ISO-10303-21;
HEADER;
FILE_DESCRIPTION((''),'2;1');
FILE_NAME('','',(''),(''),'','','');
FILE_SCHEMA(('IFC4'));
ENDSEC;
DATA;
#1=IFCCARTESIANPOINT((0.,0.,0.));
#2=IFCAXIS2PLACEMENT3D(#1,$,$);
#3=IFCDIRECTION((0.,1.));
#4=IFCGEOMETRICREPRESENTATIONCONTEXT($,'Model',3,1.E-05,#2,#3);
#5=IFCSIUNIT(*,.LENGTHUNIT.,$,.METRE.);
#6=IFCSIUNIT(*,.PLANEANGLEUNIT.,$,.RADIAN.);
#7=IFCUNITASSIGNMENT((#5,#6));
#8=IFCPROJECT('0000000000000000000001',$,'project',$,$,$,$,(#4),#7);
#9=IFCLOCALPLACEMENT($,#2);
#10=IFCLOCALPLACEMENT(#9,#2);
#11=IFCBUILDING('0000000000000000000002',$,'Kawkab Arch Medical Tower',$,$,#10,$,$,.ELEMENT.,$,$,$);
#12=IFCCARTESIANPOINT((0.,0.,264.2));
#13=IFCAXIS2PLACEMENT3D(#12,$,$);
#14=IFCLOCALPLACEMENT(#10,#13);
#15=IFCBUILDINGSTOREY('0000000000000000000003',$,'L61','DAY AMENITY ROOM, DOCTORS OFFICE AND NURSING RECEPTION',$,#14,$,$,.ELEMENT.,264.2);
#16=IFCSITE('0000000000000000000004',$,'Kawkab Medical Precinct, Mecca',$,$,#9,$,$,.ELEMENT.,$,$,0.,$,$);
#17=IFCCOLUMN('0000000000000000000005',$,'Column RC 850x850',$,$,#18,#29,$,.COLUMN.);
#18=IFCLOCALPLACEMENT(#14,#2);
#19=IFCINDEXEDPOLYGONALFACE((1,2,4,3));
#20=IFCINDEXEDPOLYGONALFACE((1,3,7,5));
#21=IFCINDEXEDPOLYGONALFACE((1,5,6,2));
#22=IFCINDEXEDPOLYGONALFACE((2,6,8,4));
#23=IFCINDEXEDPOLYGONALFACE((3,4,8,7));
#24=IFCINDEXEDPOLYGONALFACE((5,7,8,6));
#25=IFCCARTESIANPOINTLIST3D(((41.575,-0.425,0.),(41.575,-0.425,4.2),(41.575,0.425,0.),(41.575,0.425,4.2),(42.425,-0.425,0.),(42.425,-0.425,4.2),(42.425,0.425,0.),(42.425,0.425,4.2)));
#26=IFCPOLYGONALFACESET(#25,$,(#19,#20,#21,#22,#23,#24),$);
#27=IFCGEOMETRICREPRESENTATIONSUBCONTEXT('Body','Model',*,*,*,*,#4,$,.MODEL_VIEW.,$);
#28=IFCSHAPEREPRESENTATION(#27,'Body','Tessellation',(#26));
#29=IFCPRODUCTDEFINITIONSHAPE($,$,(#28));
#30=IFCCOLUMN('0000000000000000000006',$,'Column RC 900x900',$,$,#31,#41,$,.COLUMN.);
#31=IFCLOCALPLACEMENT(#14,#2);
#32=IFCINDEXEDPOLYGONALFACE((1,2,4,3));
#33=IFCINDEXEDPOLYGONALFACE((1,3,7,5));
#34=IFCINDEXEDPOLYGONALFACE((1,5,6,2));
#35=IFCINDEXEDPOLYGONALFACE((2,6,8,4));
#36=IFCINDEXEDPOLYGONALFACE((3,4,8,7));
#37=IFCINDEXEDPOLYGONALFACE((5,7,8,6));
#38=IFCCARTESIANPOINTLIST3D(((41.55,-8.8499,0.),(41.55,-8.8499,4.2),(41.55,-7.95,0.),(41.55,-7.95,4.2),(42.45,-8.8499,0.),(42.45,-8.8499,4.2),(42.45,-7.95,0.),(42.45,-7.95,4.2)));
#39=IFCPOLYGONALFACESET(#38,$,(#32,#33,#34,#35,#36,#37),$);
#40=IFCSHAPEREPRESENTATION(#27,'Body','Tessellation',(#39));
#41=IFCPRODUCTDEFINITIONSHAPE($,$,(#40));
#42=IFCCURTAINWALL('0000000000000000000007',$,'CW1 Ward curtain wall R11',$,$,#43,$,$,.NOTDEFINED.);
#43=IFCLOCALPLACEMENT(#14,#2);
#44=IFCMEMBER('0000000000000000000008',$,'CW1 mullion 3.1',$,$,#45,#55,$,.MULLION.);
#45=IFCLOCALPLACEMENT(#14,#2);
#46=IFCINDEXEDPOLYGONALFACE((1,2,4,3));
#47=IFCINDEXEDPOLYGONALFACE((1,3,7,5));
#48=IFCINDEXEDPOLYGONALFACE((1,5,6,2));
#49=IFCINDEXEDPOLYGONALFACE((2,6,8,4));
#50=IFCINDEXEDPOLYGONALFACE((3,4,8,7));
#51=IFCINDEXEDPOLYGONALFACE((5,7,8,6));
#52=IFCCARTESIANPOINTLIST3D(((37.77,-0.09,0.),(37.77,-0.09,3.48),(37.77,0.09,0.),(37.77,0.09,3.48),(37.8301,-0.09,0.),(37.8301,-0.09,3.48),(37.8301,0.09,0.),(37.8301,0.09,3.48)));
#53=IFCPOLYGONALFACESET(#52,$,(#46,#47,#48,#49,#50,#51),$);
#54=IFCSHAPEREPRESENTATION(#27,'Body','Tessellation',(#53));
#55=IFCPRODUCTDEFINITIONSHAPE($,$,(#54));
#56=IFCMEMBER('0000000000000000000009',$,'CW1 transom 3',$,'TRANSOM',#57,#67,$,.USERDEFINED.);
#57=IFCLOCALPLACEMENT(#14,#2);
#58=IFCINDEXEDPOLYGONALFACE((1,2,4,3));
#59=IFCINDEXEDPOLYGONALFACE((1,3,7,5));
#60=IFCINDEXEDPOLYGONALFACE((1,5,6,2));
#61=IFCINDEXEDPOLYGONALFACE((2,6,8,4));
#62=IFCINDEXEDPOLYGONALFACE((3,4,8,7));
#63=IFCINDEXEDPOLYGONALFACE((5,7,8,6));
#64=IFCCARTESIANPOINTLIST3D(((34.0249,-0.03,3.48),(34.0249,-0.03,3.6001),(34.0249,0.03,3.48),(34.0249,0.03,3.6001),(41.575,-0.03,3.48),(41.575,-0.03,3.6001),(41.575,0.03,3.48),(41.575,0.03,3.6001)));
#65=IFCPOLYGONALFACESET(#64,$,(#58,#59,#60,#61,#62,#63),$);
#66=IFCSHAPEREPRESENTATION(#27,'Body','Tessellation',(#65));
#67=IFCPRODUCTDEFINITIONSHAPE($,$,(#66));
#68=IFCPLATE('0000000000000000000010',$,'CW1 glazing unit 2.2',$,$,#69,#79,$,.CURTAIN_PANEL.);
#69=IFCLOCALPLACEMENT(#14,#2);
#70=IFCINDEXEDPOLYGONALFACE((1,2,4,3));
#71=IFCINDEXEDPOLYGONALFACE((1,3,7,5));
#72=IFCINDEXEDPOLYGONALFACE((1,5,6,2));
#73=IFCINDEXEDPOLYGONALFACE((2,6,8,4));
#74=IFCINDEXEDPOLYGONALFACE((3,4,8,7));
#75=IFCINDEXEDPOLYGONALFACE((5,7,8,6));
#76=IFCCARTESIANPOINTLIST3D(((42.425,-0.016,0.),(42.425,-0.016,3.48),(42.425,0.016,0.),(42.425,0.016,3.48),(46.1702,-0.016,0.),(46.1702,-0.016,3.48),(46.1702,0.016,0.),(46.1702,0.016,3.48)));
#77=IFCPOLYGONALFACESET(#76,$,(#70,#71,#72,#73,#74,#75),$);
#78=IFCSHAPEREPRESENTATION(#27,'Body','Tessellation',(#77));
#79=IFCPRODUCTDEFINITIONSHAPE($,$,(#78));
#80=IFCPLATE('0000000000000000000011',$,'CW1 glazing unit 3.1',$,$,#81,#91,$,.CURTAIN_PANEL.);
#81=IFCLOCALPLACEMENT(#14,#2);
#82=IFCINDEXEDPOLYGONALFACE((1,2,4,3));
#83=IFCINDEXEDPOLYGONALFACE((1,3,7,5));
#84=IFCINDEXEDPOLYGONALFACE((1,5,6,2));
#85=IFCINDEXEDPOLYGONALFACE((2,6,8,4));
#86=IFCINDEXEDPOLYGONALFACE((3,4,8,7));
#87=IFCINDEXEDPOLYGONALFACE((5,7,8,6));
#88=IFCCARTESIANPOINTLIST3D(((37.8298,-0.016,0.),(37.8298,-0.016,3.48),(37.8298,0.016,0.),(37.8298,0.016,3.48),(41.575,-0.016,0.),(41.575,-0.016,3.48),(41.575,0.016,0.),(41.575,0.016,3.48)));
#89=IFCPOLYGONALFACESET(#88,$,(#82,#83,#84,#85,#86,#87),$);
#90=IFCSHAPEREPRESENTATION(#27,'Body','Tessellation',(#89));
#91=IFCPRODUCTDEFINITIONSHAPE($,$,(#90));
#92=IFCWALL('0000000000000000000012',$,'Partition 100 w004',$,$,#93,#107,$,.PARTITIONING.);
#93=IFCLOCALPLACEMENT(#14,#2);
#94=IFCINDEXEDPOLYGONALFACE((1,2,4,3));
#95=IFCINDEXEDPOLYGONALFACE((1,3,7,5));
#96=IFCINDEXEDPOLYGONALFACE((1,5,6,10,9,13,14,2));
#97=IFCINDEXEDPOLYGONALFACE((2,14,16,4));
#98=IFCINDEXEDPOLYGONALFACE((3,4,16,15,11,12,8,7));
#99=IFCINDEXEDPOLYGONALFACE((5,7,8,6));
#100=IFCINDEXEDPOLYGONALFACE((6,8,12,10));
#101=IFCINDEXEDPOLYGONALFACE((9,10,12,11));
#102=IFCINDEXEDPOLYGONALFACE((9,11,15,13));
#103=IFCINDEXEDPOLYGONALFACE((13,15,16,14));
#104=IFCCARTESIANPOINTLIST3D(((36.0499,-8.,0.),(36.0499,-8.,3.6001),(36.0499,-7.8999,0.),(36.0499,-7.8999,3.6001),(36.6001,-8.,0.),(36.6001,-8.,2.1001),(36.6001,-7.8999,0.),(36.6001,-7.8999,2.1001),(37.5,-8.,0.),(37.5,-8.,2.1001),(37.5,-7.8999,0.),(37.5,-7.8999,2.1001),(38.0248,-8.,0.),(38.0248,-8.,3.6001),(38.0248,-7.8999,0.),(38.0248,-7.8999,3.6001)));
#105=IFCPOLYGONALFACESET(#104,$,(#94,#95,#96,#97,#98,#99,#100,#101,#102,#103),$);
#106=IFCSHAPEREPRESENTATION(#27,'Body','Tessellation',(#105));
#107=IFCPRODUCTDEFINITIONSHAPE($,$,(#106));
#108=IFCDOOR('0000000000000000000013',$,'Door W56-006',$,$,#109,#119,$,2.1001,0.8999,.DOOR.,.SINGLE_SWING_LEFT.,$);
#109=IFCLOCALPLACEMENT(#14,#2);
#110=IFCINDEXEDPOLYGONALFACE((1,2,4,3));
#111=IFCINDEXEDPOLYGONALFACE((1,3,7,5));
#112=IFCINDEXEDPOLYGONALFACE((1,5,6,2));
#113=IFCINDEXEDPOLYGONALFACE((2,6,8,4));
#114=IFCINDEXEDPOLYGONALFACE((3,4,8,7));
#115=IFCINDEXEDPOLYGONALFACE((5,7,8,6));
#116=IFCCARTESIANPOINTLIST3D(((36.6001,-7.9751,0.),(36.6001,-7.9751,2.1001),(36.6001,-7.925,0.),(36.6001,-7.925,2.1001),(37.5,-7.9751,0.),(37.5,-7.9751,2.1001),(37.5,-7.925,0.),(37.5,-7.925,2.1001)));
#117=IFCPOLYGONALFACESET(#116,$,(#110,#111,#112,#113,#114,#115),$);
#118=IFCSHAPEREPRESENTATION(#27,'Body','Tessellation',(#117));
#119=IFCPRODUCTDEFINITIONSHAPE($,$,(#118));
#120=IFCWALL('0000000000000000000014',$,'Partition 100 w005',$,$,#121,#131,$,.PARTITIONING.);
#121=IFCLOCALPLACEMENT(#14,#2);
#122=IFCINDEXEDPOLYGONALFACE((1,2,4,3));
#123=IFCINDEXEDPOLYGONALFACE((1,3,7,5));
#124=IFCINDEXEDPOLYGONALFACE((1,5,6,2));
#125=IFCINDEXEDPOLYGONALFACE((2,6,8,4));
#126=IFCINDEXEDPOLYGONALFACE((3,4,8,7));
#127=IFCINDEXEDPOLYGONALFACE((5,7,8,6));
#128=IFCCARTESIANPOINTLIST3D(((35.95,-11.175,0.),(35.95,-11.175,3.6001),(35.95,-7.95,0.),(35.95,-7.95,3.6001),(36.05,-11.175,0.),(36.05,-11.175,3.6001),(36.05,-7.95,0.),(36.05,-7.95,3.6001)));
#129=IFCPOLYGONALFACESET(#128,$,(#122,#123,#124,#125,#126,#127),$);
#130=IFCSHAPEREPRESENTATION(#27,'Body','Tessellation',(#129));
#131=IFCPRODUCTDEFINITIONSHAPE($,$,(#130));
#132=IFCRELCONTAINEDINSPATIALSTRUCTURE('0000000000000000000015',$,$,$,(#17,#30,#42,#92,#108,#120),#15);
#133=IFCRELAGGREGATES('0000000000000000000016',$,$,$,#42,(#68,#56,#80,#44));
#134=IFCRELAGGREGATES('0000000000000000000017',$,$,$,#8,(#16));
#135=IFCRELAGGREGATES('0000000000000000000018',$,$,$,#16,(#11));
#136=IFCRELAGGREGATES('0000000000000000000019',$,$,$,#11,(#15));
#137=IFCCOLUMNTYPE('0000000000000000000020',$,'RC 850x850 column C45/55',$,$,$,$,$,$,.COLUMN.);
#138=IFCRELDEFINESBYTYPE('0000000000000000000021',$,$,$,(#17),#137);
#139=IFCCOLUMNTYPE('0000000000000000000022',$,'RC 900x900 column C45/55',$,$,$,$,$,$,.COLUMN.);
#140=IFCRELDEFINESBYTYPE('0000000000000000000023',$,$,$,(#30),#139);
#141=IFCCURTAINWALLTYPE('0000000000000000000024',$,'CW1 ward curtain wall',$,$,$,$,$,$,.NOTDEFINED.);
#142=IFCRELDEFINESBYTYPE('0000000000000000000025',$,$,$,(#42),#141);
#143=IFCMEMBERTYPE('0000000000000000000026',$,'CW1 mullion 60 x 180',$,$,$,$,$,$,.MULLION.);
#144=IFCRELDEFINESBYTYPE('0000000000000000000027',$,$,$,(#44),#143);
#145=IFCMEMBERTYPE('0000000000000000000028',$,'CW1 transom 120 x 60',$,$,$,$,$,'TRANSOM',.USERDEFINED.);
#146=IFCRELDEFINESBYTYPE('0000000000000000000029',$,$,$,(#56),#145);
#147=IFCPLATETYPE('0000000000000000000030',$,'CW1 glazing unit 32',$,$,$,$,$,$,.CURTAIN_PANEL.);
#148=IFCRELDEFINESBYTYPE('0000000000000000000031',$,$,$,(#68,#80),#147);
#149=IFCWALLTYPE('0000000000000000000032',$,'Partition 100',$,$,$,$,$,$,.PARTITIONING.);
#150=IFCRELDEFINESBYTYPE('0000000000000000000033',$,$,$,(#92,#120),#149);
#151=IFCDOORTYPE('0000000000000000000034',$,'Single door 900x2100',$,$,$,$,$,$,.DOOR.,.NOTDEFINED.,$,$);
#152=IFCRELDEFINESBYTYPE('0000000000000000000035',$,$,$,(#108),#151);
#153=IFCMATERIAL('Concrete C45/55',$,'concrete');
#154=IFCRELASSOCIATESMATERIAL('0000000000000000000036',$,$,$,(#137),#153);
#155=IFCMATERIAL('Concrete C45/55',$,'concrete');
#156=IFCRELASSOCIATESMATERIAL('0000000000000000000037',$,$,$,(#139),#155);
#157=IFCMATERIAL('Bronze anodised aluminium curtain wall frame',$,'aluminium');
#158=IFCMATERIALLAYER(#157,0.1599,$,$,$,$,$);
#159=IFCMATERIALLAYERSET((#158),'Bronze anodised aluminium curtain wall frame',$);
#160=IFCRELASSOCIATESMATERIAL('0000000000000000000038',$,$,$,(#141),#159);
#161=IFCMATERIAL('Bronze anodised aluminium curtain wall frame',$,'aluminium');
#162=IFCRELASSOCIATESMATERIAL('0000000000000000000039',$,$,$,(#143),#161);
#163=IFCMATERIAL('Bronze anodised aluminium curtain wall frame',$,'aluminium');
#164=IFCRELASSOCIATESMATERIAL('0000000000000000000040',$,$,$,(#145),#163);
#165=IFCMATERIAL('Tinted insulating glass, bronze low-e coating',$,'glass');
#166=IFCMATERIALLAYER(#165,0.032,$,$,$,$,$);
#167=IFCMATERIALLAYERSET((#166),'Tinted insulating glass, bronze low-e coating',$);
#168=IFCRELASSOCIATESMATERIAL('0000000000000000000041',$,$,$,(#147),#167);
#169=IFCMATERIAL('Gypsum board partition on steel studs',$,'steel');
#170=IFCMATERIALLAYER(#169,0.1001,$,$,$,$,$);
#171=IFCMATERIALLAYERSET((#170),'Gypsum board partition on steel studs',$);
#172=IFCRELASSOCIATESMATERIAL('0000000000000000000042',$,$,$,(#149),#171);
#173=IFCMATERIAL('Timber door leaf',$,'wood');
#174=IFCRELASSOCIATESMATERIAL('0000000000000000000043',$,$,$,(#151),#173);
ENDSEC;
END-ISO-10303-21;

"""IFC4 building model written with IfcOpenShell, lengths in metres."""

from ifc_helpers import new_model, si_unit, direction, frame, frame_2d, origin, origin_2d, place, context, subcontext, project, spatial, rectangle, extrude, material, layer, layer_set, material_profile, profile_set, type_object, element, fill, aggregate, save


model = new_model("IFC4")

# Units and contexts
model_context = context("Model", 3, precision=1e-05, world=origin(), true_north=direction((0.0, 1.0)))
body_context = subcontext(model_context, "Body", "Model", "MODEL_VIEW")
ifc_project = project(units=[si_unit("LENGTHUNIT", "METRE"), si_unit("PLANEANGLEUNIT", "RADIAN")], contexts=[model_context])

# Site, building, storey
site_placement = place(None, origin())
site = spatial("IfcSite", under=ifc_project, at=site_placement, Name="Kawkab Medical Precinct, Mecca", CompositionType="ELEMENT", RefElevation=0.0)
building_placement = place(site_placement, origin())
building = spatial("IfcBuilding", under=site, at=building_placement, Name="Kawkab Arch Medical Tower", CompositionType="ELEMENT")
storey_placement = place(building_placement, frame((0.0, 0.0, 264.2)))
storey = spatial("IfcBuildingStorey", under=building, at=storey_placement, Name="L61", Description="DAY AMENITY ROOM, DOCTORS OFFICE AND NURSING RECEPTION", CompositionType="ELEMENT", Elevation=264.2)

# Columns
ifc_material_1 = material(Name="Concrete C45/55", Category="concrete")
ifc_material_profile_1 = material_profile(ifc_material_1, rectangle(XDim=0.8501, YDim=0.8501, at=origin_2d()), Name="RC 850x850")
ifc_profile_set_1 = profile_set([ifc_material_profile_1], Name="Concrete C45/55")
column_type_1 = type_object("IfcColumnType", Name="RC 850x850 column C45/55", PredefinedType="COLUMN", material=ifc_profile_set_1)
column_1_placement = place(storey_placement, frame((42.0, 0.0, 0.0), z_axis=(0.0, 0.0, 1.0), x_axis=(1.0, 0.0, 0.0)))
element("IfcColumn", 1, at=column_1_placement, inside=storey, type_object=column_type_1, Name="Column RC 850x850", PredefinedType="COLUMN", context=body_context, shape_type="SweptSolid", body=[
    extrude(rectangle(XDim=0.8501, YDim=0.8501, at=origin_2d()), origin(), (0.0, 0.0, 1.0), 4.2),
])
ifc_material_2 = material(Name="Concrete C45/55", Category="concrete")
ifc_material_profile_2 = material_profile(ifc_material_2, rectangle(XDim=0.8999, YDim=0.8999, at=origin_2d()), Name="RC 900x900")
ifc_profile_set_2 = profile_set([ifc_material_profile_2], Name="Concrete C45/55")
column_type_2 = type_object("IfcColumnType", Name="RC 900x900 column C45/55", PredefinedType="COLUMN", material=ifc_profile_set_2)
column_2_placement = place(storey_placement, frame((42.0, -8.3999, 0.0), z_axis=(0.0, 0.0, 1.0), x_axis=(1.0, 0.0, 0.0)))
element("IfcColumn", 2, at=column_2_placement, inside=storey, type_object=column_type_2, Name="Column RC 900x900", PredefinedType="COLUMN", context=body_context, shape_type="SweptSolid", body=[
    extrude(rectangle(XDim=0.8999, YDim=0.8999, at=origin_2d()), origin(), (0.0, 0.0, 1.0), 4.2),
])

# Curtain wall, members, plates
ifc_material_3 = material(Name="Bronze anodised aluminium curtain wall frame", Category="aluminium")
ifc_layer_1 = layer(ifc_material_3, 0.1599)
ifc_layer_set_1 = layer_set([ifc_layer_1], Name="Bronze anodised aluminium curtain wall frame")
curtain_wall_type = type_object("IfcCurtainWallType", Name="CW1 ward curtain wall", PredefinedType="NOTDEFINED", material=ifc_layer_set_1)
placement = place(storey_placement, origin())
curtain_wall = element("IfcCurtainWall", 3, at=placement, inside=storey, type_object=curtain_wall_type, Name="CW1 Ward curtain wall R11", PredefinedType="NOTDEFINED")
ifc_material_4 = material(Name="Bronze anodised aluminium curtain wall frame", Category="aluminium")
ifc_material_profile_3 = material_profile(ifc_material_4, rectangle(XDim=0.1799, YDim=0.0601, at=origin_2d()), Name="AL 60x180")
ifc_profile_set_3 = profile_set([ifc_material_profile_3], Name="Bronze anodised aluminium curtain wall frame")
member_type_1 = type_object("IfcMemberType", Name="CW1 mullion 60 x 180", PredefinedType="MULLION", material=ifc_profile_set_3)
member_1_placement = place(storey_placement, frame((37.8, 0.0, 0.0), z_axis=(0.0, 0.0, 1.0), x_axis=(0.0, -1.0, 0.0)))
member_1 = element("IfcMember", 4, at=member_1_placement, type_object=member_type_1, Name="CW1 mullion 3.1", PredefinedType="MULLION", context=body_context, shape_type="SweptSolid", body=[
    extrude(rectangle(XDim=0.1799, YDim=0.0601, at=origin_2d()), origin(), (0.0, 0.0, 1.0), 3.48),
])
ifc_material_5 = material(Name="Bronze anodised aluminium curtain wall frame", Category="aluminium")
ifc_material_profile_4 = material_profile(ifc_material_5, rectangle(XDim=0.0601, YDim=0.1201, at=origin_2d()), Name="AL 60x120")
ifc_profile_set_4 = profile_set([ifc_material_profile_4], Name="Bronze anodised aluminium curtain wall frame")
member_type_2 = type_object("IfcMemberType", Name="CW1 transom 120 x 60", ElementType="TRANSOM", PredefinedType="USERDEFINED", material=ifc_profile_set_4)
member_2_placement = place(storey_placement, frame((41.575, 0.0, 3.54), z_axis=(-1.0, 0.0, 0.0), x_axis=(0.0, -1.0, 0.0)))
member_2 = element("IfcMember", 5, at=member_2_placement, type_object=member_type_2, Name="CW1 transom 3", ObjectType="TRANSOM", PredefinedType="USERDEFINED", context=body_context, shape_type="SweptSolid", body=[
    extrude(rectangle(XDim=0.0601, YDim=0.1201, at=origin_2d()), origin(), (0.0, 0.0, 1.0), 7.55),
])
ifc_material_6 = material(Name="Tinted insulating glass, bronze low-e coating", Category="glass")
ifc_layer_2 = layer(ifc_material_6, 0.032)
ifc_layer_set_2 = layer_set([ifc_layer_2], Name="Tinted insulating glass, bronze low-e coating")
plate_type = type_object("IfcPlateType", Name="CW1 glazing unit 32", PredefinedType="CURTAIN_PANEL", material=ifc_layer_set_2)
plate_1_placement = place(storey_placement, frame((44.2976, 0.0, 0.0), z_axis=(0.0, 0.0, 1.0), x_axis=(-1.0, 0.0, 0.0)))
plate_1 = element("IfcPlate", 6, at=plate_1_placement, type_object=plate_type, Name="CW1 glazing unit 2.2", PredefinedType="CURTAIN_PANEL", context=body_context, shape_type="SweptSolid", body=[
    extrude(rectangle(XDim=3.7451, YDim=0.032, at=origin_2d()), origin(), (0.0, 0.0, 1.0), 3.48),
])
plate_2_placement = place(storey_placement, frame((39.7024, 0.0, 0.0), z_axis=(0.0, 0.0, 1.0), x_axis=(-1.0, 0.0, 0.0)))
plate_2 = element("IfcPlate", 7, at=plate_2_placement, type_object=plate_type, Name="CW1 glazing unit 3.1", PredefinedType="CURTAIN_PANEL", context=body_context, shape_type="SweptSolid", body=[
    extrude(rectangle(XDim=3.7451, YDim=0.032, at=origin_2d()), origin(), (0.0, 0.0, 1.0), 3.48),
])
aggregate(curtain_wall, [plate_1, member_2, plate_2, member_1])

# Wall, opening, door
ifc_material_7 = material(Name="Gypsum board partition on steel studs", Category="steel")
ifc_layer_3 = layer(ifc_material_7, 0.1001)
ifc_layer_set_3 = layer_set([ifc_layer_3], Name="Gypsum board partition on steel studs")
wall_type_1 = type_object("IfcWallType", Name="Partition 100", PredefinedType="PARTITIONING", material=ifc_layer_set_3)
wall_1_placement = place(storey_placement, frame((36.05, -7.95, 0.0), z_axis=(0.0, 0.0, 1.0), x_axis=(1.0, 0.0, 0.0)))
wall_1 = element("IfcWall", 8, at=wall_1_placement, inside=storey, type_object=wall_type_1, Name="Partition 100 w004", PredefinedType="PARTITIONING", context=body_context, shape_type="SweptSolid", body=[
    extrude(rectangle(XDim=1.9749, YDim=0.1001, at=frame_2d((0.9873, 0.0))), origin(), (0.0, 0.0, 1.0), 3.6001),
])
opening_1_placement = place(wall_1_placement, frame((0.55, 0.0, 0.0)))
opening_1 = element("IfcOpeningElement", 9, at=opening_1_placement, cuts=wall_1, PredefinedType="OPENING", context=body_context, shape_type="SweptSolid", body=[
    extrude(rectangle(XDim=0.8999, YDim=2.1001, at=frame_2d((0.45, 1.05))), frame((0.0, 0.0601, 0.0), z_axis=(0.0, -1.0, 0.0), x_axis=(1.0, 0.0, 0.0)), (0.0, 0.0, 1.0), 0.1201),
])
ifc_material_8 = material(Name="Timber door leaf", Category="wood")
door_type_1 = type_object("IfcDoorType", Name="Single door 900x2100", OperationType="NOTDEFINED", PredefinedType="DOOR", material=ifc_material_8)
door_1_placement = place(opening_1_placement, origin())
door_1 = element("IfcDoor", 10, at=door_1_placement, inside=storey, type_object=door_type_1, Name="Door W56-006", OperationType="SINGLE_SWING_LEFT", OverallHeight=2.1001, OverallWidth=0.8999, PredefinedType="DOOR", context=body_context, shape_type="SweptSolid", body=[
    extrude(rectangle(XDim=0.8999, YDim=2.1001, at=frame_2d((0.45, 1.05))), frame((0.0, 0.0249, 0.0), z_axis=(0.0, -1.0, 0.0), x_axis=(1.0, 0.0, 0.0)), (0.0, 0.0, 1.0), 0.05),
])
fill(opening_1, door_1)

# Wall
wall_2_placement = place(storey_placement, frame((36.0, -11.175, 0.0), z_axis=(0.0, 0.0, 1.0), x_axis=(0.0, 1.0, 0.0)))
element("IfcWall", 11, at=wall_2_placement, inside=storey, type_object=wall_type_1, Name="Partition 100 w005", PredefinedType="PARTITIONING", context=body_context, shape_type="SweptSolid", body=[
    extrude(rectangle(XDim=3.2251, YDim=0.1001, at=frame_2d((1.6125, 0.0))), origin(), (0.0, 0.0, 1.0), 3.6001),
])

save(model, "model.ifc")
